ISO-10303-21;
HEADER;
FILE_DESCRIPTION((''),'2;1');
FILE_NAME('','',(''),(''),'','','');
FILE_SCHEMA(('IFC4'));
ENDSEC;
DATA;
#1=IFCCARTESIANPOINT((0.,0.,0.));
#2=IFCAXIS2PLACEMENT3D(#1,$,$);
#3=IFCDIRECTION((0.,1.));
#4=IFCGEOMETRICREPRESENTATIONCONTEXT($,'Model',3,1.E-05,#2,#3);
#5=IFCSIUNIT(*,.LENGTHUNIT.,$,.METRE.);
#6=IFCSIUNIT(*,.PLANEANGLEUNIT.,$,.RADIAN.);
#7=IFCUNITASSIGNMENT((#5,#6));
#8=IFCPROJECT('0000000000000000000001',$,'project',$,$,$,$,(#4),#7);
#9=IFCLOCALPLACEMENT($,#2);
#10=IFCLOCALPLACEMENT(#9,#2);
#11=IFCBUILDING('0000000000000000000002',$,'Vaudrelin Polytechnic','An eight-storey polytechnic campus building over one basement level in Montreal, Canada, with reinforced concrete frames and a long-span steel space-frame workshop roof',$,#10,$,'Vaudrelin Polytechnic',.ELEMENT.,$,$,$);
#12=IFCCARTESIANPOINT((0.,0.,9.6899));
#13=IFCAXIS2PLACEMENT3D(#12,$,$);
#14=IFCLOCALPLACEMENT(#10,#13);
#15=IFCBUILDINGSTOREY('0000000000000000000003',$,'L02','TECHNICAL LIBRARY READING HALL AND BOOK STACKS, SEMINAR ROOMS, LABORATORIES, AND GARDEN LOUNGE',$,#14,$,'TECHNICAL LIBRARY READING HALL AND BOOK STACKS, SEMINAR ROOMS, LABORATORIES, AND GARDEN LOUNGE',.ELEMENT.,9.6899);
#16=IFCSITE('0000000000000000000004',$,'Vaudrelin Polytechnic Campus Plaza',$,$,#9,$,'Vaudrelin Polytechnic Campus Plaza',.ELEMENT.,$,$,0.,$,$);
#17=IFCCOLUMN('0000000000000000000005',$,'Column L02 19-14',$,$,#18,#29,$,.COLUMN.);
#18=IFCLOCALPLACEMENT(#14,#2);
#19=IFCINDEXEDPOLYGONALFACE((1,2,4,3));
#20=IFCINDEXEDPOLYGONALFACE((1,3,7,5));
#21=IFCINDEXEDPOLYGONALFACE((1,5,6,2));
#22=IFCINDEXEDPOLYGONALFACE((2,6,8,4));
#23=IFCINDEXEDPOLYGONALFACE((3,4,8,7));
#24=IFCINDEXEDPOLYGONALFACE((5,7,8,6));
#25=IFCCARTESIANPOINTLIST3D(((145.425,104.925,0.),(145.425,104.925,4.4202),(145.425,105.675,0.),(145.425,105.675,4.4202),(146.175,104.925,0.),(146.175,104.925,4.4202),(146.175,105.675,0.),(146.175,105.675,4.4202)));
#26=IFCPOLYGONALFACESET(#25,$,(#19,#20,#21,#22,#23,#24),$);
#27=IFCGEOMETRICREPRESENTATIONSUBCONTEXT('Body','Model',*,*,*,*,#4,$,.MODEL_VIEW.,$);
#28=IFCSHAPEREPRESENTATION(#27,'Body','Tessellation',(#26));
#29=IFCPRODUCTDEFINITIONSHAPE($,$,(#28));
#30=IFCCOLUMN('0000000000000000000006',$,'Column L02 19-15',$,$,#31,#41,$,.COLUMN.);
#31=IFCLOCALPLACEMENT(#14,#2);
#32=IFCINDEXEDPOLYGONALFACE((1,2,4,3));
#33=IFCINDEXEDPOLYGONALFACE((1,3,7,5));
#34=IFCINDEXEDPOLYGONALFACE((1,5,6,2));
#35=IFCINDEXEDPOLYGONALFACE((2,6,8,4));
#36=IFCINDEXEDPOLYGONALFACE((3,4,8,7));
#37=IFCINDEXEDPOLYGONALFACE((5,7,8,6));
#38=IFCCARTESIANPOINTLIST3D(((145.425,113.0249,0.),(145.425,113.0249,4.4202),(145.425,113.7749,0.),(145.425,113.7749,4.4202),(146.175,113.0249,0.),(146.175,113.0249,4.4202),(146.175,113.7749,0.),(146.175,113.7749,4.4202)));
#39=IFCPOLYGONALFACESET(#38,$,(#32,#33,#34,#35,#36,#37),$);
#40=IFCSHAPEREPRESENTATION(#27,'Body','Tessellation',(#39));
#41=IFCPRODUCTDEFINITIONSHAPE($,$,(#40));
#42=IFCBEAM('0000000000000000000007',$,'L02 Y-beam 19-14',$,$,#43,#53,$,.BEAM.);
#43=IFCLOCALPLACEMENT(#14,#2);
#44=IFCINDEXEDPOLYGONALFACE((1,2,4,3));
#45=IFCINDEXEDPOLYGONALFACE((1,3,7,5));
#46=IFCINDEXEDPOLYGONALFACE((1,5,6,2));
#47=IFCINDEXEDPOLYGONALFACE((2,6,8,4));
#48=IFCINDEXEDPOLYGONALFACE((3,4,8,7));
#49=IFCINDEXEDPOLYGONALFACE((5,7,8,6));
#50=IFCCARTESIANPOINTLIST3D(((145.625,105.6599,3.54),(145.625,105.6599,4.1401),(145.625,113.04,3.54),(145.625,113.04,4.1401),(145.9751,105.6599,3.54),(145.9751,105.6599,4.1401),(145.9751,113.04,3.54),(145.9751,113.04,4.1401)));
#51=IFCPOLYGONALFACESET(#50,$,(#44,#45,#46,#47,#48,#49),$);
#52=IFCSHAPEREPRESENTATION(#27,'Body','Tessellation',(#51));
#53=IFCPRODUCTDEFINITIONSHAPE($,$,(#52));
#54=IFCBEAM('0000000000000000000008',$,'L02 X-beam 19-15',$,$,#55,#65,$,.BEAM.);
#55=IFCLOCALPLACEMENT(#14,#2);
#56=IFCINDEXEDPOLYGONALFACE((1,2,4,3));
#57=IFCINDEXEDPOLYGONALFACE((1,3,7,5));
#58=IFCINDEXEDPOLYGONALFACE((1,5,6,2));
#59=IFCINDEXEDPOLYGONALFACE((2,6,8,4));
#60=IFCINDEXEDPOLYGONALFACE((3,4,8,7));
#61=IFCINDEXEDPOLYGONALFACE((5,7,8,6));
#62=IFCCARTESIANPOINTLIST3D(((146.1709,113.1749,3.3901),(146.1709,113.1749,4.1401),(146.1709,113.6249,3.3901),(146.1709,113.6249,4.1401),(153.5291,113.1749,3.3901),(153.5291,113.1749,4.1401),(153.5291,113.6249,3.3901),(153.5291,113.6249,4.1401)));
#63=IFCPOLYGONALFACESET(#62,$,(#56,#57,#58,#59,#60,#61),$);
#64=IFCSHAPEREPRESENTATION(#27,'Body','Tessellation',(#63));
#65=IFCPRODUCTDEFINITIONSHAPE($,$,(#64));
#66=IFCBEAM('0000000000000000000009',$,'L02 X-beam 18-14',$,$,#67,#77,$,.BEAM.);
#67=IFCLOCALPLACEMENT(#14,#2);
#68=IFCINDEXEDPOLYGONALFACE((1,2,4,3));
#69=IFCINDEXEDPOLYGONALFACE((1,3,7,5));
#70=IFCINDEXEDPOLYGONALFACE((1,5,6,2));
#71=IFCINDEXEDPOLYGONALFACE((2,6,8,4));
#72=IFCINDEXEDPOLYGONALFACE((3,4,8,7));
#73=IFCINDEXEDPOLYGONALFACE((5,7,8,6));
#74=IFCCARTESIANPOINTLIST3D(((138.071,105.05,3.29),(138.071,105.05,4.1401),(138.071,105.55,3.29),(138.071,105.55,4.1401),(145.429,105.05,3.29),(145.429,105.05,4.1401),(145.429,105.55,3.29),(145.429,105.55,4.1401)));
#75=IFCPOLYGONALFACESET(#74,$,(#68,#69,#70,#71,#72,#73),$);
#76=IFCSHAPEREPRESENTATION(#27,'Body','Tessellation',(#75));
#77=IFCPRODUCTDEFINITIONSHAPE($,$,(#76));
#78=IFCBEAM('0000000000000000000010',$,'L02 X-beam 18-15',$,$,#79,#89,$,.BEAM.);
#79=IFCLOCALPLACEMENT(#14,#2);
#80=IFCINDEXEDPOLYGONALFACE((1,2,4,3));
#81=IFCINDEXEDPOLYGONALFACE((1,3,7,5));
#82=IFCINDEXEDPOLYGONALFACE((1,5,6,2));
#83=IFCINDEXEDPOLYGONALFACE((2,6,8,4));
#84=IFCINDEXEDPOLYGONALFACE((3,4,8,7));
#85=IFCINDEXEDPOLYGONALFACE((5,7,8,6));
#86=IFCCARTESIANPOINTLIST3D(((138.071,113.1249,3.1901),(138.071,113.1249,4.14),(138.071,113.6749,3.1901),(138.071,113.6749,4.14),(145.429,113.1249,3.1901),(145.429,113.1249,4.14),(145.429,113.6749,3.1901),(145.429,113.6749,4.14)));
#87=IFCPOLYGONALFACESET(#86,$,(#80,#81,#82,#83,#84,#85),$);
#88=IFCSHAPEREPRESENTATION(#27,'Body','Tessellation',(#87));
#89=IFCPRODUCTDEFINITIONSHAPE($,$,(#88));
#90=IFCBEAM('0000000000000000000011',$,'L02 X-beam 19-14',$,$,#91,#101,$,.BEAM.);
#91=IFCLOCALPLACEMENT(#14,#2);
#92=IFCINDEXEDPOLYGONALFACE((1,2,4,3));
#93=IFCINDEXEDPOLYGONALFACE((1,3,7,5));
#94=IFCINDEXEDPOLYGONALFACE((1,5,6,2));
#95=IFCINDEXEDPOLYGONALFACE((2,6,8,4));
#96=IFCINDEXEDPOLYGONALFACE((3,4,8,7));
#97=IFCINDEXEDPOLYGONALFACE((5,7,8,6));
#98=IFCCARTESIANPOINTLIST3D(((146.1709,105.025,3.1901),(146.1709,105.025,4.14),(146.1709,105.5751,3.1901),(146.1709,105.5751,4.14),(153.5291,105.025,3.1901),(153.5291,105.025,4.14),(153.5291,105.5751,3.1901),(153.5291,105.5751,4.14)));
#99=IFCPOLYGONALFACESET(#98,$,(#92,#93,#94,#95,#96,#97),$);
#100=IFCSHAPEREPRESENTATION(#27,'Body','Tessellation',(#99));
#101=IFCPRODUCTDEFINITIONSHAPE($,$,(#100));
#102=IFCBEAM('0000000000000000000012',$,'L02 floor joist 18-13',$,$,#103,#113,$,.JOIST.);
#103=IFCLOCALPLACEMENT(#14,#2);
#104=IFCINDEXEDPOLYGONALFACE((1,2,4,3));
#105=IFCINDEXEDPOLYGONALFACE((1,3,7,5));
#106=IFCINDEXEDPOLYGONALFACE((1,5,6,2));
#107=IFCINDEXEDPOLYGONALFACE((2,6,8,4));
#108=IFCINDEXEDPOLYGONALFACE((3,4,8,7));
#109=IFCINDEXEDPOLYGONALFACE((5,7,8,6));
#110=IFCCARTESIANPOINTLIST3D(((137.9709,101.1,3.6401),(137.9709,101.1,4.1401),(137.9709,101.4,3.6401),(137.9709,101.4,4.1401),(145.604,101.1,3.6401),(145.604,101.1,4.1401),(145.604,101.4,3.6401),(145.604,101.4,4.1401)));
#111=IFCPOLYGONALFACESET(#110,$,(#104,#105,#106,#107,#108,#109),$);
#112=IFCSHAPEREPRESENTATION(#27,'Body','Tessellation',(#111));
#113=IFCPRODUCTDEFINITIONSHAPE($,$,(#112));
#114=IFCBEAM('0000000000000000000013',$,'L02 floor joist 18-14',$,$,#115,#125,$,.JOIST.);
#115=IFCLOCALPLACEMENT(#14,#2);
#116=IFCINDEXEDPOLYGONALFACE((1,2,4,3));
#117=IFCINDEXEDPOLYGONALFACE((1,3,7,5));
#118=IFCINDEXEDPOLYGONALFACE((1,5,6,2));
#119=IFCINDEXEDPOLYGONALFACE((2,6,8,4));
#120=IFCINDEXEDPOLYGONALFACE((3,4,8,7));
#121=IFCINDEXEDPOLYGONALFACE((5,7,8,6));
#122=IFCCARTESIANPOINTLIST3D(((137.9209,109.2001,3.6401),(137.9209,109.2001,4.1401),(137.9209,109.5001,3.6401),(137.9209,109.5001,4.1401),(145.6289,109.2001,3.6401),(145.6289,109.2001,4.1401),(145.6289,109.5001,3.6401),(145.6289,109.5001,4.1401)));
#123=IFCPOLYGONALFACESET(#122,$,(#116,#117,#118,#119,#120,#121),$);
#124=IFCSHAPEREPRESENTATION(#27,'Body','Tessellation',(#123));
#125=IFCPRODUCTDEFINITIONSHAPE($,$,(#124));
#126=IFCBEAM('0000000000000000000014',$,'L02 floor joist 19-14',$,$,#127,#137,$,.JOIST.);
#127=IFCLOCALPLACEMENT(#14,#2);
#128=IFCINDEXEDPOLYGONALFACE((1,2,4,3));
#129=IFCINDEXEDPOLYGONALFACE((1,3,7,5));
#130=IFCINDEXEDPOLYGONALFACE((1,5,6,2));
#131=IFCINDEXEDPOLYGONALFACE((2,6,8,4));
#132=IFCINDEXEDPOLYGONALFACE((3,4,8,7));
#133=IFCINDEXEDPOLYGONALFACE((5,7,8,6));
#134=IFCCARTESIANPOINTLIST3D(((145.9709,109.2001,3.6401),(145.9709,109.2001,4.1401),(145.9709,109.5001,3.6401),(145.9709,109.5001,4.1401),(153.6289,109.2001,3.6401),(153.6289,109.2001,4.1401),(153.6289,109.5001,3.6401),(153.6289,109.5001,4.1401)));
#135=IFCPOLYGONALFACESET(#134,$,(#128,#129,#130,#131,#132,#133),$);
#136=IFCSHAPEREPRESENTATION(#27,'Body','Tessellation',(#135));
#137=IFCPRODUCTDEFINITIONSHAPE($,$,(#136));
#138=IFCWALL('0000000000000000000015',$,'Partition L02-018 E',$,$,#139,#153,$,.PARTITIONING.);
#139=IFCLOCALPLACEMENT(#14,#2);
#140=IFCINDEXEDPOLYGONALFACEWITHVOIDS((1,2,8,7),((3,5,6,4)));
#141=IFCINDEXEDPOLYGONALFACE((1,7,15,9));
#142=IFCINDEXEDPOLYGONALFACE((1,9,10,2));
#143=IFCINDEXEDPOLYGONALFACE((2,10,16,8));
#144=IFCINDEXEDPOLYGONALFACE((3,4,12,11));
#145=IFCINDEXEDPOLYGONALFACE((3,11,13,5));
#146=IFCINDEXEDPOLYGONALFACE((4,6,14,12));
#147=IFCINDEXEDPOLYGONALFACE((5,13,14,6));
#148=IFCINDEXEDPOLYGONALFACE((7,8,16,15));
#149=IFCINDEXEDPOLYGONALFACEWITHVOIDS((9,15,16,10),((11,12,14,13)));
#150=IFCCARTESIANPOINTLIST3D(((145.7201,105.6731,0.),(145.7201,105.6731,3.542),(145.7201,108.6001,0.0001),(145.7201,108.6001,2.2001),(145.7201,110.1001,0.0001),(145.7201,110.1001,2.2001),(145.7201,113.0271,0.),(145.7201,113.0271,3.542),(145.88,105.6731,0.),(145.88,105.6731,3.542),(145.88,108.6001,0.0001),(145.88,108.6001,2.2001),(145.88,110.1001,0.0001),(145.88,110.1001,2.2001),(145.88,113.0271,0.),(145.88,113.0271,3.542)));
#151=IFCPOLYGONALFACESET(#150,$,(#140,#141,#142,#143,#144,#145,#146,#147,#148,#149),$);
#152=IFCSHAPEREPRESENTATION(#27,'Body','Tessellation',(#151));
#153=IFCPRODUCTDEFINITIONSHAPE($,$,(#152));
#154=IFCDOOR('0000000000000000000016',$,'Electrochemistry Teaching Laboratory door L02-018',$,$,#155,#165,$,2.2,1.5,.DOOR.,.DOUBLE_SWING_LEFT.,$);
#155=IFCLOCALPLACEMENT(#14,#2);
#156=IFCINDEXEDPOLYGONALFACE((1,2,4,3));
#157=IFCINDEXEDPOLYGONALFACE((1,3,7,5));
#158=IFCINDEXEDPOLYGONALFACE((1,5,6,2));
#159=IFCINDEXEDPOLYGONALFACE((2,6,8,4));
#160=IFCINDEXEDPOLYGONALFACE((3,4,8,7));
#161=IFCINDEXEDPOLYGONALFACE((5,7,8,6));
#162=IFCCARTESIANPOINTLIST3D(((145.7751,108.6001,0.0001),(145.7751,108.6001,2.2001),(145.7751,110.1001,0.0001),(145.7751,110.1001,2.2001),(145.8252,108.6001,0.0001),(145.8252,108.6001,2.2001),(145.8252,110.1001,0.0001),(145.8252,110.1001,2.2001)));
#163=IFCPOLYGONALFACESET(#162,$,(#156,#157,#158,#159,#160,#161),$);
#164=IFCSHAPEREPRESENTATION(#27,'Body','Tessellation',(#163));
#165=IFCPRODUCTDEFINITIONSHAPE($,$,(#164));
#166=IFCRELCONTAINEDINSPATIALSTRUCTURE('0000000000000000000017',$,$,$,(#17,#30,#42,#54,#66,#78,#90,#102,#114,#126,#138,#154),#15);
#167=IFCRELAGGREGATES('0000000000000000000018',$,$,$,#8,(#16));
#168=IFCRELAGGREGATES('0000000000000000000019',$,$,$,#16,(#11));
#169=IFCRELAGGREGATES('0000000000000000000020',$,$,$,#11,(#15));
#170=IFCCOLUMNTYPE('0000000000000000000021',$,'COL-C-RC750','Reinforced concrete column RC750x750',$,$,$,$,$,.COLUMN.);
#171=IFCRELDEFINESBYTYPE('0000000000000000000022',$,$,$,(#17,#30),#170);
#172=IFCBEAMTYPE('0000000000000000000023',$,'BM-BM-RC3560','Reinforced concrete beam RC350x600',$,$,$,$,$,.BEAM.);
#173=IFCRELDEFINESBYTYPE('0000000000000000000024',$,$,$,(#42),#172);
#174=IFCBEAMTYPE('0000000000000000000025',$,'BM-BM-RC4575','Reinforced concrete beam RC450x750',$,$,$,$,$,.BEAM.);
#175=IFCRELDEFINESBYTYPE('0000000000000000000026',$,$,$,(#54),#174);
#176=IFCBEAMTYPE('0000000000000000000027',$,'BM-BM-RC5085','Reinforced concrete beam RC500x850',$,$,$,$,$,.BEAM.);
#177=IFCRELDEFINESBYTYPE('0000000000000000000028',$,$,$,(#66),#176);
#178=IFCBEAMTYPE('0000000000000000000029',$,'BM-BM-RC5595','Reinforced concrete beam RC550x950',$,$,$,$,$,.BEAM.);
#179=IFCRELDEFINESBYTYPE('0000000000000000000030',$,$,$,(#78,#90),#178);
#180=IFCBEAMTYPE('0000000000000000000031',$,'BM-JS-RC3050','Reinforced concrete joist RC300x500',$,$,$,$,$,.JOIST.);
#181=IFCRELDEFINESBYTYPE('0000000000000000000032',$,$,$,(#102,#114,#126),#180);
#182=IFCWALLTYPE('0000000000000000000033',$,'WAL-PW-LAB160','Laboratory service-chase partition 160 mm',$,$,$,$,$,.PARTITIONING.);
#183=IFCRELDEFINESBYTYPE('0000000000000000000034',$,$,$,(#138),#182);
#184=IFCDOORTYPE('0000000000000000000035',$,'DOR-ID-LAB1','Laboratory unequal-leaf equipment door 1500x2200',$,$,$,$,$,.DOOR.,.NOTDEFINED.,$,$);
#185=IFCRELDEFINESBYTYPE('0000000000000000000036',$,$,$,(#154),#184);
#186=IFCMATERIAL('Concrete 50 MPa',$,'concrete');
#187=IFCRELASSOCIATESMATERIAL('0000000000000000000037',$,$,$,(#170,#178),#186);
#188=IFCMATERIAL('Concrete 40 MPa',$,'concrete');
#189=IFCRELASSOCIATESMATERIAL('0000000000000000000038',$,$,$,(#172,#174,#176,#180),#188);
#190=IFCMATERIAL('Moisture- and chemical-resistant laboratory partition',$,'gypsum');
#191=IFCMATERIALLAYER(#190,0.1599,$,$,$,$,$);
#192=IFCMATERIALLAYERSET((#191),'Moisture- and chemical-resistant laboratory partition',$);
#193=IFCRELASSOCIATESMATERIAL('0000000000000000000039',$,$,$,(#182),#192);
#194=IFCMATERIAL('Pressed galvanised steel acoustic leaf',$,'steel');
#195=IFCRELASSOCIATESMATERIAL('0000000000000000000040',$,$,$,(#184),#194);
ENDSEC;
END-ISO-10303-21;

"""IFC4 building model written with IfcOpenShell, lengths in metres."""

from ifc_helpers import new_model, si_unit, direction, frame, frame_2d, origin, origin_2d, place, context, subcontext, project, spatial, rectangle, extrude, material, layer, layer_set, material_profile, profile_set, type_object, element, fill, save


model = new_model("IFC4")

# Units and contexts
model_context = context("Model", 3, precision=1e-05, world=origin(), true_north=direction((0.0, 1.0)))
body_context = subcontext(model_context, "Body", "Model", "MODEL_VIEW")
ifc_project = project(units=[si_unit("LENGTHUNIT", "METRE"), si_unit("PLANEANGLEUNIT", "RADIAN")], contexts=[model_context])

# Site, building, storey
site_placement = place(None, origin())
site = spatial("IfcSite", under=ifc_project, at=site_placement, Name="Vaudrelin Polytechnic Campus Plaza", LongName="Vaudrelin Polytechnic Campus Plaza", CompositionType="ELEMENT", RefElevation=0.0)
building_placement = place(site_placement, origin())
building = spatial("IfcBuilding", under=site, at=building_placement, Name="Vaudrelin Polytechnic", Description="An eight-storey polytechnic campus building over one basement level in Montreal, Canada, with reinforced concrete frames and a long-span steel space-frame workshop roof", LongName="Vaudrelin Polytechnic", CompositionType="ELEMENT")
storey_placement = place(building_placement, frame((0.0, 0.0, 9.6899)))
storey = spatial("IfcBuildingStorey", under=building, at=storey_placement, Name="L02", Description="TECHNICAL LIBRARY READING HALL AND BOOK STACKS, SEMINAR ROOMS, LABORATORIES, AND GARDEN LOUNGE", LongName="TECHNICAL LIBRARY READING HALL AND BOOK STACKS, SEMINAR ROOMS, LABORATORIES, AND GARDEN LOUNGE", CompositionType="ELEMENT", Elevation=9.6899)

# Columns
ifc_material_1 = material(Name="Concrete 50 MPa", Category="concrete")
ifc_material_profile_1 = material_profile(ifc_material_1, rectangle(XDim=0.75, YDim=0.75, at=origin_2d()), Name="RC750x750")
ifc_profile_set_1 = profile_set([ifc_material_profile_1], Name="Concrete 50 MPa")
column_type = type_object("IfcColumnType", Name="COL-C-RC750", Description="Reinforced concrete column RC750x750", PredefinedType="COLUMN", material=ifc_profile_set_1)
for number, where, z_axis, x_axis, name in (
    (1, (145.8, 105.3, 0.0), (0.0, 0.0, 1.0), (1.0, 0.0, 0.0), "Column L02 19-14"),
    (2, (145.8, 113.3999, 0.0), (0.0, 0.0, 1.0), (1.0, 0.0, 0.0), "Column L02 19-15"),
):
    element("IfcColumn", number, at=place(storey_placement, frame(where, z_axis=z_axis, x_axis=x_axis)), inside=storey, type_object=column_type, Name=name, PredefinedType="COLUMN", context=body_context, shape_type="SweptSolid", body=[
        extrude(rectangle(XDim=0.75, YDim=0.75, at=origin_2d()), origin(), (0.0, 0.0, 1.0), 4.4202),
    ])

# Beams
ifc_material_2 = material(Name="Concrete 40 MPa", Category="concrete")
ifc_material_profile_2 = material_profile(ifc_material_2, rectangle(XDim=0.3501, YDim=0.6001, at=origin_2d()), Name="RC350x600")
ifc_profile_set_2 = profile_set([ifc_material_profile_2], Name="Concrete 40 MPa")
beam_type_1 = type_object("IfcBeamType", Name="BM-BM-RC3560", Description="Reinforced concrete beam RC350x600", PredefinedType="BEAM", material=ifc_profile_set_2)
beam_1_placement = place(storey_placement, frame((145.8, 105.6599, 3.8401), z_axis=(0.0, 1.0, 0.0), x_axis=(-1.0, 0.0, 0.0)))
element("IfcBeam", 3, at=beam_1_placement, inside=storey, type_object=beam_type_1, Name="L02 Y-beam 19-14", PredefinedType="BEAM", context=body_context, shape_type="SweptSolid", body=[
    extrude(rectangle(XDim=0.3501, YDim=0.6001, at=origin_2d()), origin(), (0.0, 0.0, 1.0), 7.3801),
])
ifc_material_profile_3 = material_profile(ifc_material_2, rectangle(XDim=0.45, YDim=0.75, at=origin_2d()), Name="RC450x750")
ifc_profile_set_3 = profile_set([ifc_material_profile_3], Name="Concrete 40 MPa")
beam_type_2 = type_object("IfcBeamType", Name="BM-BM-RC4575", Description="Reinforced concrete beam RC450x750", PredefinedType="BEAM", material=ifc_profile_set_3)
beam_2_placement = place(storey_placement, frame((146.1709, 113.3999, 3.7651), z_axis=(1.0, 0.0, 0.0), x_axis=(0.0, 1.0, 0.0)))
element("IfcBeam", 4, at=beam_2_placement, inside=storey, type_object=beam_type_2, Name="L02 X-beam 19-15", PredefinedType="BEAM", context=body_context, shape_type="SweptSolid", body=[
    extrude(rectangle(XDim=0.45, YDim=0.75, at=origin_2d()), origin(), (0.0, 0.0, 1.0), 7.3582),
])
ifc_material_profile_4 = material_profile(ifc_material_2, rectangle(XDim=0.5, YDim=0.8501, at=origin_2d()), Name="RC500x850")
ifc_profile_set_4 = profile_set([ifc_material_profile_4], Name="Concrete 40 MPa")
beam_type_3 = type_object("IfcBeamType", Name="BM-BM-RC5085", Description="Reinforced concrete beam RC500x850", PredefinedType="BEAM", material=ifc_profile_set_4)
beam_3_placement = place(storey_placement, frame((138.071, 105.3, 3.7151), z_axis=(1.0, 0.0, 0.0), x_axis=(0.0, 1.0, 0.0)))
element("IfcBeam", 5, at=beam_3_placement, inside=storey, type_object=beam_type_3, Name="L02 X-beam 18-14", PredefinedType="BEAM", context=body_context, shape_type="SweptSolid", body=[
    extrude(rectangle(XDim=0.5, YDim=0.8501, at=origin_2d()), origin(), (0.0, 0.0, 1.0), 7.3579),
])
ifc_material_profile_5 = material_profile(ifc_material_1, rectangle(XDim=0.55, YDim=0.95, at=origin_2d()), Name="RC550x950")
ifc_profile_set_5 = profile_set([ifc_material_profile_5], Name="Concrete 50 MPa")
beam_type_4 = type_object("IfcBeamType", Name="BM-BM-RC5595", Description="Reinforced concrete beam RC550x950", PredefinedType="BEAM", material=ifc_profile_set_5)
beam_4_placement = place(storey_placement, frame((138.071, 113.3999, 3.665), z_axis=(1.0, 0.0, 0.0), x_axis=(0.0, 1.0, 0.0)))
element("IfcBeam", 6, at=beam_4_placement, inside=storey, type_object=beam_type_4, Name="L02 X-beam 18-15", PredefinedType="BEAM", context=body_context, shape_type="SweptSolid", body=[
    extrude(rectangle(XDim=0.55, YDim=0.95, at=origin_2d()), origin(), (0.0, 0.0, 1.0), 7.3579),
])
beam_5_placement = place(storey_placement, frame((146.1709, 105.3, 3.665), z_axis=(1.0, 0.0, 0.0), x_axis=(0.0, 1.0, 0.0)))
element("IfcBeam", 7, at=beam_5_placement, inside=storey, type_object=beam_type_4, Name="L02 X-beam 19-14", PredefinedType="BEAM", context=body_context, shape_type="SweptSolid", body=[
    extrude(rectangle(XDim=0.55, YDim=0.95, at=origin_2d()), origin(), (0.0, 0.0, 1.0), 7.3582),
])
ifc_material_profile_6 = material_profile(ifc_material_2, rectangle(XDim=0.3, YDim=0.5, at=origin_2d()), Name="RC300x500")
ifc_profile_set_6 = profile_set([ifc_material_profile_6], Name="Concrete 40 MPa")
beam_type_5 = type_object("IfcBeamType", Name="BM-JS-RC3050", Description="Reinforced concrete joist RC300x500", PredefinedType="JOIST", material=ifc_profile_set_6)
beam_6_placement = place(storey_placement, frame((137.9709, 101.25, 3.8901), z_axis=(1.0, 0.0, 0.0), x_axis=(0.0, 1.0, 0.0)))
element("IfcBeam", 8, at=beam_6_placement, inside=storey, type_object=beam_type_5, Name="L02 floor joist 18-13", PredefinedType="JOIST", context=body_context, shape_type="SweptSolid", body=[
    extrude(rectangle(XDim=0.3, YDim=0.5, at=origin_2d()), origin(), (0.0, 0.0, 1.0), 7.6331),
])
beam_7_placement = place(storey_placement, frame((137.9209, 109.3501, 3.8901), z_axis=(1.0, 0.0, 0.0), x_axis=(0.0, 1.0, 0.0)))
element("IfcBeam", 9, at=beam_7_placement, inside=storey, type_object=beam_type_5, Name="L02 floor joist 18-14", PredefinedType="JOIST", context=body_context, shape_type="SweptSolid", body=[
    extrude(rectangle(XDim=0.3, YDim=0.5, at=origin_2d()), origin(), (0.0, 0.0, 1.0), 7.708),
])
beam_8_placement = place(storey_placement, frame((145.9709, 109.3501, 3.8901), z_axis=(1.0, 0.0, 0.0), x_axis=(0.0, 1.0, 0.0)))
element("IfcBeam", 10, at=beam_8_placement, inside=storey, type_object=beam_type_5, Name="L02 floor joist 19-14", PredefinedType="JOIST", context=body_context, shape_type="SweptSolid", body=[
    extrude(rectangle(XDim=0.3, YDim=0.5, at=origin_2d()), origin(), (0.0, 0.0, 1.0), 7.658),
])

# Wall, opening, door
ifc_material_3 = material(Name="Moisture- and chemical-resistant laboratory partition", Category="gypsum")
ifc_layer_1 = layer(ifc_material_3, 0.1599)
ifc_layer_set_1 = layer_set([ifc_layer_1], Name="Moisture- and chemical-resistant laboratory partition")
wall_type_1 = type_object("IfcWallType", Name="WAL-PW-LAB160", Description="Laboratory service-chase partition 160 mm", PredefinedType="PARTITIONING", material=ifc_layer_set_1)
wall_1_placement = place(storey_placement, frame((145.8, 105.6731, 0.0), z_axis=(0.0, 0.0, 1.0), x_axis=(0.0, 1.0, 0.0)))
wall_1 = element("IfcWall", 11, at=wall_1_placement, inside=storey, type_object=wall_type_1, Name="Partition L02-018 E", PredefinedType="PARTITIONING", context=body_context, shape_type="SweptSolid", body=[
    extrude(rectangle(XDim=7.354, YDim=0.1599, at=frame_2d((3.677, 0.0))), origin(), (0.0, 0.0, 1.0), 3.542),
])
opening_1_placement = place(wall_1_placement, frame((2.927, 0.0, 0.0)))
opening_1 = element("IfcOpeningElement", 12, at=opening_1_placement, cuts=wall_1, PredefinedType="OPENING", context=body_context, shape_type="SweptSolid", body=[
    extrude(rectangle(XDim=1.5, YDim=2.2, at=frame_2d((0.75, 1.1001))), frame((0.0, 0.0898, 0.0), z_axis=(0.0, -1.0, 0.0), x_axis=(1.0, 0.0, 0.0)), (0.0, 0.0, 1.0), 0.1799),
])
ifc_material_4 = material(Name="Pressed galvanised steel acoustic leaf", Category="steel")
door_type_1 = type_object("IfcDoorType", Name="DOR-ID-LAB1", Description="Laboratory unequal-leaf equipment door 1500x2200", OperationType="NOTDEFINED", PredefinedType="DOOR", material=ifc_material_4)
door_1_placement = place(opening_1_placement, origin())
door_1 = element("IfcDoor", 13, at=door_1_placement, inside=storey, type_object=door_type_1, Name="Electrochemistry Teaching Laboratory door L02-018", OperationType="DOUBLE_SWING_LEFT", OverallHeight=2.2, OverallWidth=1.5, PredefinedType="DOOR", context=body_context, shape_type="SweptSolid", body=[
    extrude(rectangle(XDim=1.5, YDim=2.2, at=frame_2d((0.75, 1.1001))), frame((0.0, 0.0249, 0.0), z_axis=(0.0, -1.0, 0.0), x_axis=(1.0, 0.0, 0.0)), (0.0, 0.0, 1.0), 0.05),
])
fill(opening_1, door_1)

save(model, "model.ifc")
